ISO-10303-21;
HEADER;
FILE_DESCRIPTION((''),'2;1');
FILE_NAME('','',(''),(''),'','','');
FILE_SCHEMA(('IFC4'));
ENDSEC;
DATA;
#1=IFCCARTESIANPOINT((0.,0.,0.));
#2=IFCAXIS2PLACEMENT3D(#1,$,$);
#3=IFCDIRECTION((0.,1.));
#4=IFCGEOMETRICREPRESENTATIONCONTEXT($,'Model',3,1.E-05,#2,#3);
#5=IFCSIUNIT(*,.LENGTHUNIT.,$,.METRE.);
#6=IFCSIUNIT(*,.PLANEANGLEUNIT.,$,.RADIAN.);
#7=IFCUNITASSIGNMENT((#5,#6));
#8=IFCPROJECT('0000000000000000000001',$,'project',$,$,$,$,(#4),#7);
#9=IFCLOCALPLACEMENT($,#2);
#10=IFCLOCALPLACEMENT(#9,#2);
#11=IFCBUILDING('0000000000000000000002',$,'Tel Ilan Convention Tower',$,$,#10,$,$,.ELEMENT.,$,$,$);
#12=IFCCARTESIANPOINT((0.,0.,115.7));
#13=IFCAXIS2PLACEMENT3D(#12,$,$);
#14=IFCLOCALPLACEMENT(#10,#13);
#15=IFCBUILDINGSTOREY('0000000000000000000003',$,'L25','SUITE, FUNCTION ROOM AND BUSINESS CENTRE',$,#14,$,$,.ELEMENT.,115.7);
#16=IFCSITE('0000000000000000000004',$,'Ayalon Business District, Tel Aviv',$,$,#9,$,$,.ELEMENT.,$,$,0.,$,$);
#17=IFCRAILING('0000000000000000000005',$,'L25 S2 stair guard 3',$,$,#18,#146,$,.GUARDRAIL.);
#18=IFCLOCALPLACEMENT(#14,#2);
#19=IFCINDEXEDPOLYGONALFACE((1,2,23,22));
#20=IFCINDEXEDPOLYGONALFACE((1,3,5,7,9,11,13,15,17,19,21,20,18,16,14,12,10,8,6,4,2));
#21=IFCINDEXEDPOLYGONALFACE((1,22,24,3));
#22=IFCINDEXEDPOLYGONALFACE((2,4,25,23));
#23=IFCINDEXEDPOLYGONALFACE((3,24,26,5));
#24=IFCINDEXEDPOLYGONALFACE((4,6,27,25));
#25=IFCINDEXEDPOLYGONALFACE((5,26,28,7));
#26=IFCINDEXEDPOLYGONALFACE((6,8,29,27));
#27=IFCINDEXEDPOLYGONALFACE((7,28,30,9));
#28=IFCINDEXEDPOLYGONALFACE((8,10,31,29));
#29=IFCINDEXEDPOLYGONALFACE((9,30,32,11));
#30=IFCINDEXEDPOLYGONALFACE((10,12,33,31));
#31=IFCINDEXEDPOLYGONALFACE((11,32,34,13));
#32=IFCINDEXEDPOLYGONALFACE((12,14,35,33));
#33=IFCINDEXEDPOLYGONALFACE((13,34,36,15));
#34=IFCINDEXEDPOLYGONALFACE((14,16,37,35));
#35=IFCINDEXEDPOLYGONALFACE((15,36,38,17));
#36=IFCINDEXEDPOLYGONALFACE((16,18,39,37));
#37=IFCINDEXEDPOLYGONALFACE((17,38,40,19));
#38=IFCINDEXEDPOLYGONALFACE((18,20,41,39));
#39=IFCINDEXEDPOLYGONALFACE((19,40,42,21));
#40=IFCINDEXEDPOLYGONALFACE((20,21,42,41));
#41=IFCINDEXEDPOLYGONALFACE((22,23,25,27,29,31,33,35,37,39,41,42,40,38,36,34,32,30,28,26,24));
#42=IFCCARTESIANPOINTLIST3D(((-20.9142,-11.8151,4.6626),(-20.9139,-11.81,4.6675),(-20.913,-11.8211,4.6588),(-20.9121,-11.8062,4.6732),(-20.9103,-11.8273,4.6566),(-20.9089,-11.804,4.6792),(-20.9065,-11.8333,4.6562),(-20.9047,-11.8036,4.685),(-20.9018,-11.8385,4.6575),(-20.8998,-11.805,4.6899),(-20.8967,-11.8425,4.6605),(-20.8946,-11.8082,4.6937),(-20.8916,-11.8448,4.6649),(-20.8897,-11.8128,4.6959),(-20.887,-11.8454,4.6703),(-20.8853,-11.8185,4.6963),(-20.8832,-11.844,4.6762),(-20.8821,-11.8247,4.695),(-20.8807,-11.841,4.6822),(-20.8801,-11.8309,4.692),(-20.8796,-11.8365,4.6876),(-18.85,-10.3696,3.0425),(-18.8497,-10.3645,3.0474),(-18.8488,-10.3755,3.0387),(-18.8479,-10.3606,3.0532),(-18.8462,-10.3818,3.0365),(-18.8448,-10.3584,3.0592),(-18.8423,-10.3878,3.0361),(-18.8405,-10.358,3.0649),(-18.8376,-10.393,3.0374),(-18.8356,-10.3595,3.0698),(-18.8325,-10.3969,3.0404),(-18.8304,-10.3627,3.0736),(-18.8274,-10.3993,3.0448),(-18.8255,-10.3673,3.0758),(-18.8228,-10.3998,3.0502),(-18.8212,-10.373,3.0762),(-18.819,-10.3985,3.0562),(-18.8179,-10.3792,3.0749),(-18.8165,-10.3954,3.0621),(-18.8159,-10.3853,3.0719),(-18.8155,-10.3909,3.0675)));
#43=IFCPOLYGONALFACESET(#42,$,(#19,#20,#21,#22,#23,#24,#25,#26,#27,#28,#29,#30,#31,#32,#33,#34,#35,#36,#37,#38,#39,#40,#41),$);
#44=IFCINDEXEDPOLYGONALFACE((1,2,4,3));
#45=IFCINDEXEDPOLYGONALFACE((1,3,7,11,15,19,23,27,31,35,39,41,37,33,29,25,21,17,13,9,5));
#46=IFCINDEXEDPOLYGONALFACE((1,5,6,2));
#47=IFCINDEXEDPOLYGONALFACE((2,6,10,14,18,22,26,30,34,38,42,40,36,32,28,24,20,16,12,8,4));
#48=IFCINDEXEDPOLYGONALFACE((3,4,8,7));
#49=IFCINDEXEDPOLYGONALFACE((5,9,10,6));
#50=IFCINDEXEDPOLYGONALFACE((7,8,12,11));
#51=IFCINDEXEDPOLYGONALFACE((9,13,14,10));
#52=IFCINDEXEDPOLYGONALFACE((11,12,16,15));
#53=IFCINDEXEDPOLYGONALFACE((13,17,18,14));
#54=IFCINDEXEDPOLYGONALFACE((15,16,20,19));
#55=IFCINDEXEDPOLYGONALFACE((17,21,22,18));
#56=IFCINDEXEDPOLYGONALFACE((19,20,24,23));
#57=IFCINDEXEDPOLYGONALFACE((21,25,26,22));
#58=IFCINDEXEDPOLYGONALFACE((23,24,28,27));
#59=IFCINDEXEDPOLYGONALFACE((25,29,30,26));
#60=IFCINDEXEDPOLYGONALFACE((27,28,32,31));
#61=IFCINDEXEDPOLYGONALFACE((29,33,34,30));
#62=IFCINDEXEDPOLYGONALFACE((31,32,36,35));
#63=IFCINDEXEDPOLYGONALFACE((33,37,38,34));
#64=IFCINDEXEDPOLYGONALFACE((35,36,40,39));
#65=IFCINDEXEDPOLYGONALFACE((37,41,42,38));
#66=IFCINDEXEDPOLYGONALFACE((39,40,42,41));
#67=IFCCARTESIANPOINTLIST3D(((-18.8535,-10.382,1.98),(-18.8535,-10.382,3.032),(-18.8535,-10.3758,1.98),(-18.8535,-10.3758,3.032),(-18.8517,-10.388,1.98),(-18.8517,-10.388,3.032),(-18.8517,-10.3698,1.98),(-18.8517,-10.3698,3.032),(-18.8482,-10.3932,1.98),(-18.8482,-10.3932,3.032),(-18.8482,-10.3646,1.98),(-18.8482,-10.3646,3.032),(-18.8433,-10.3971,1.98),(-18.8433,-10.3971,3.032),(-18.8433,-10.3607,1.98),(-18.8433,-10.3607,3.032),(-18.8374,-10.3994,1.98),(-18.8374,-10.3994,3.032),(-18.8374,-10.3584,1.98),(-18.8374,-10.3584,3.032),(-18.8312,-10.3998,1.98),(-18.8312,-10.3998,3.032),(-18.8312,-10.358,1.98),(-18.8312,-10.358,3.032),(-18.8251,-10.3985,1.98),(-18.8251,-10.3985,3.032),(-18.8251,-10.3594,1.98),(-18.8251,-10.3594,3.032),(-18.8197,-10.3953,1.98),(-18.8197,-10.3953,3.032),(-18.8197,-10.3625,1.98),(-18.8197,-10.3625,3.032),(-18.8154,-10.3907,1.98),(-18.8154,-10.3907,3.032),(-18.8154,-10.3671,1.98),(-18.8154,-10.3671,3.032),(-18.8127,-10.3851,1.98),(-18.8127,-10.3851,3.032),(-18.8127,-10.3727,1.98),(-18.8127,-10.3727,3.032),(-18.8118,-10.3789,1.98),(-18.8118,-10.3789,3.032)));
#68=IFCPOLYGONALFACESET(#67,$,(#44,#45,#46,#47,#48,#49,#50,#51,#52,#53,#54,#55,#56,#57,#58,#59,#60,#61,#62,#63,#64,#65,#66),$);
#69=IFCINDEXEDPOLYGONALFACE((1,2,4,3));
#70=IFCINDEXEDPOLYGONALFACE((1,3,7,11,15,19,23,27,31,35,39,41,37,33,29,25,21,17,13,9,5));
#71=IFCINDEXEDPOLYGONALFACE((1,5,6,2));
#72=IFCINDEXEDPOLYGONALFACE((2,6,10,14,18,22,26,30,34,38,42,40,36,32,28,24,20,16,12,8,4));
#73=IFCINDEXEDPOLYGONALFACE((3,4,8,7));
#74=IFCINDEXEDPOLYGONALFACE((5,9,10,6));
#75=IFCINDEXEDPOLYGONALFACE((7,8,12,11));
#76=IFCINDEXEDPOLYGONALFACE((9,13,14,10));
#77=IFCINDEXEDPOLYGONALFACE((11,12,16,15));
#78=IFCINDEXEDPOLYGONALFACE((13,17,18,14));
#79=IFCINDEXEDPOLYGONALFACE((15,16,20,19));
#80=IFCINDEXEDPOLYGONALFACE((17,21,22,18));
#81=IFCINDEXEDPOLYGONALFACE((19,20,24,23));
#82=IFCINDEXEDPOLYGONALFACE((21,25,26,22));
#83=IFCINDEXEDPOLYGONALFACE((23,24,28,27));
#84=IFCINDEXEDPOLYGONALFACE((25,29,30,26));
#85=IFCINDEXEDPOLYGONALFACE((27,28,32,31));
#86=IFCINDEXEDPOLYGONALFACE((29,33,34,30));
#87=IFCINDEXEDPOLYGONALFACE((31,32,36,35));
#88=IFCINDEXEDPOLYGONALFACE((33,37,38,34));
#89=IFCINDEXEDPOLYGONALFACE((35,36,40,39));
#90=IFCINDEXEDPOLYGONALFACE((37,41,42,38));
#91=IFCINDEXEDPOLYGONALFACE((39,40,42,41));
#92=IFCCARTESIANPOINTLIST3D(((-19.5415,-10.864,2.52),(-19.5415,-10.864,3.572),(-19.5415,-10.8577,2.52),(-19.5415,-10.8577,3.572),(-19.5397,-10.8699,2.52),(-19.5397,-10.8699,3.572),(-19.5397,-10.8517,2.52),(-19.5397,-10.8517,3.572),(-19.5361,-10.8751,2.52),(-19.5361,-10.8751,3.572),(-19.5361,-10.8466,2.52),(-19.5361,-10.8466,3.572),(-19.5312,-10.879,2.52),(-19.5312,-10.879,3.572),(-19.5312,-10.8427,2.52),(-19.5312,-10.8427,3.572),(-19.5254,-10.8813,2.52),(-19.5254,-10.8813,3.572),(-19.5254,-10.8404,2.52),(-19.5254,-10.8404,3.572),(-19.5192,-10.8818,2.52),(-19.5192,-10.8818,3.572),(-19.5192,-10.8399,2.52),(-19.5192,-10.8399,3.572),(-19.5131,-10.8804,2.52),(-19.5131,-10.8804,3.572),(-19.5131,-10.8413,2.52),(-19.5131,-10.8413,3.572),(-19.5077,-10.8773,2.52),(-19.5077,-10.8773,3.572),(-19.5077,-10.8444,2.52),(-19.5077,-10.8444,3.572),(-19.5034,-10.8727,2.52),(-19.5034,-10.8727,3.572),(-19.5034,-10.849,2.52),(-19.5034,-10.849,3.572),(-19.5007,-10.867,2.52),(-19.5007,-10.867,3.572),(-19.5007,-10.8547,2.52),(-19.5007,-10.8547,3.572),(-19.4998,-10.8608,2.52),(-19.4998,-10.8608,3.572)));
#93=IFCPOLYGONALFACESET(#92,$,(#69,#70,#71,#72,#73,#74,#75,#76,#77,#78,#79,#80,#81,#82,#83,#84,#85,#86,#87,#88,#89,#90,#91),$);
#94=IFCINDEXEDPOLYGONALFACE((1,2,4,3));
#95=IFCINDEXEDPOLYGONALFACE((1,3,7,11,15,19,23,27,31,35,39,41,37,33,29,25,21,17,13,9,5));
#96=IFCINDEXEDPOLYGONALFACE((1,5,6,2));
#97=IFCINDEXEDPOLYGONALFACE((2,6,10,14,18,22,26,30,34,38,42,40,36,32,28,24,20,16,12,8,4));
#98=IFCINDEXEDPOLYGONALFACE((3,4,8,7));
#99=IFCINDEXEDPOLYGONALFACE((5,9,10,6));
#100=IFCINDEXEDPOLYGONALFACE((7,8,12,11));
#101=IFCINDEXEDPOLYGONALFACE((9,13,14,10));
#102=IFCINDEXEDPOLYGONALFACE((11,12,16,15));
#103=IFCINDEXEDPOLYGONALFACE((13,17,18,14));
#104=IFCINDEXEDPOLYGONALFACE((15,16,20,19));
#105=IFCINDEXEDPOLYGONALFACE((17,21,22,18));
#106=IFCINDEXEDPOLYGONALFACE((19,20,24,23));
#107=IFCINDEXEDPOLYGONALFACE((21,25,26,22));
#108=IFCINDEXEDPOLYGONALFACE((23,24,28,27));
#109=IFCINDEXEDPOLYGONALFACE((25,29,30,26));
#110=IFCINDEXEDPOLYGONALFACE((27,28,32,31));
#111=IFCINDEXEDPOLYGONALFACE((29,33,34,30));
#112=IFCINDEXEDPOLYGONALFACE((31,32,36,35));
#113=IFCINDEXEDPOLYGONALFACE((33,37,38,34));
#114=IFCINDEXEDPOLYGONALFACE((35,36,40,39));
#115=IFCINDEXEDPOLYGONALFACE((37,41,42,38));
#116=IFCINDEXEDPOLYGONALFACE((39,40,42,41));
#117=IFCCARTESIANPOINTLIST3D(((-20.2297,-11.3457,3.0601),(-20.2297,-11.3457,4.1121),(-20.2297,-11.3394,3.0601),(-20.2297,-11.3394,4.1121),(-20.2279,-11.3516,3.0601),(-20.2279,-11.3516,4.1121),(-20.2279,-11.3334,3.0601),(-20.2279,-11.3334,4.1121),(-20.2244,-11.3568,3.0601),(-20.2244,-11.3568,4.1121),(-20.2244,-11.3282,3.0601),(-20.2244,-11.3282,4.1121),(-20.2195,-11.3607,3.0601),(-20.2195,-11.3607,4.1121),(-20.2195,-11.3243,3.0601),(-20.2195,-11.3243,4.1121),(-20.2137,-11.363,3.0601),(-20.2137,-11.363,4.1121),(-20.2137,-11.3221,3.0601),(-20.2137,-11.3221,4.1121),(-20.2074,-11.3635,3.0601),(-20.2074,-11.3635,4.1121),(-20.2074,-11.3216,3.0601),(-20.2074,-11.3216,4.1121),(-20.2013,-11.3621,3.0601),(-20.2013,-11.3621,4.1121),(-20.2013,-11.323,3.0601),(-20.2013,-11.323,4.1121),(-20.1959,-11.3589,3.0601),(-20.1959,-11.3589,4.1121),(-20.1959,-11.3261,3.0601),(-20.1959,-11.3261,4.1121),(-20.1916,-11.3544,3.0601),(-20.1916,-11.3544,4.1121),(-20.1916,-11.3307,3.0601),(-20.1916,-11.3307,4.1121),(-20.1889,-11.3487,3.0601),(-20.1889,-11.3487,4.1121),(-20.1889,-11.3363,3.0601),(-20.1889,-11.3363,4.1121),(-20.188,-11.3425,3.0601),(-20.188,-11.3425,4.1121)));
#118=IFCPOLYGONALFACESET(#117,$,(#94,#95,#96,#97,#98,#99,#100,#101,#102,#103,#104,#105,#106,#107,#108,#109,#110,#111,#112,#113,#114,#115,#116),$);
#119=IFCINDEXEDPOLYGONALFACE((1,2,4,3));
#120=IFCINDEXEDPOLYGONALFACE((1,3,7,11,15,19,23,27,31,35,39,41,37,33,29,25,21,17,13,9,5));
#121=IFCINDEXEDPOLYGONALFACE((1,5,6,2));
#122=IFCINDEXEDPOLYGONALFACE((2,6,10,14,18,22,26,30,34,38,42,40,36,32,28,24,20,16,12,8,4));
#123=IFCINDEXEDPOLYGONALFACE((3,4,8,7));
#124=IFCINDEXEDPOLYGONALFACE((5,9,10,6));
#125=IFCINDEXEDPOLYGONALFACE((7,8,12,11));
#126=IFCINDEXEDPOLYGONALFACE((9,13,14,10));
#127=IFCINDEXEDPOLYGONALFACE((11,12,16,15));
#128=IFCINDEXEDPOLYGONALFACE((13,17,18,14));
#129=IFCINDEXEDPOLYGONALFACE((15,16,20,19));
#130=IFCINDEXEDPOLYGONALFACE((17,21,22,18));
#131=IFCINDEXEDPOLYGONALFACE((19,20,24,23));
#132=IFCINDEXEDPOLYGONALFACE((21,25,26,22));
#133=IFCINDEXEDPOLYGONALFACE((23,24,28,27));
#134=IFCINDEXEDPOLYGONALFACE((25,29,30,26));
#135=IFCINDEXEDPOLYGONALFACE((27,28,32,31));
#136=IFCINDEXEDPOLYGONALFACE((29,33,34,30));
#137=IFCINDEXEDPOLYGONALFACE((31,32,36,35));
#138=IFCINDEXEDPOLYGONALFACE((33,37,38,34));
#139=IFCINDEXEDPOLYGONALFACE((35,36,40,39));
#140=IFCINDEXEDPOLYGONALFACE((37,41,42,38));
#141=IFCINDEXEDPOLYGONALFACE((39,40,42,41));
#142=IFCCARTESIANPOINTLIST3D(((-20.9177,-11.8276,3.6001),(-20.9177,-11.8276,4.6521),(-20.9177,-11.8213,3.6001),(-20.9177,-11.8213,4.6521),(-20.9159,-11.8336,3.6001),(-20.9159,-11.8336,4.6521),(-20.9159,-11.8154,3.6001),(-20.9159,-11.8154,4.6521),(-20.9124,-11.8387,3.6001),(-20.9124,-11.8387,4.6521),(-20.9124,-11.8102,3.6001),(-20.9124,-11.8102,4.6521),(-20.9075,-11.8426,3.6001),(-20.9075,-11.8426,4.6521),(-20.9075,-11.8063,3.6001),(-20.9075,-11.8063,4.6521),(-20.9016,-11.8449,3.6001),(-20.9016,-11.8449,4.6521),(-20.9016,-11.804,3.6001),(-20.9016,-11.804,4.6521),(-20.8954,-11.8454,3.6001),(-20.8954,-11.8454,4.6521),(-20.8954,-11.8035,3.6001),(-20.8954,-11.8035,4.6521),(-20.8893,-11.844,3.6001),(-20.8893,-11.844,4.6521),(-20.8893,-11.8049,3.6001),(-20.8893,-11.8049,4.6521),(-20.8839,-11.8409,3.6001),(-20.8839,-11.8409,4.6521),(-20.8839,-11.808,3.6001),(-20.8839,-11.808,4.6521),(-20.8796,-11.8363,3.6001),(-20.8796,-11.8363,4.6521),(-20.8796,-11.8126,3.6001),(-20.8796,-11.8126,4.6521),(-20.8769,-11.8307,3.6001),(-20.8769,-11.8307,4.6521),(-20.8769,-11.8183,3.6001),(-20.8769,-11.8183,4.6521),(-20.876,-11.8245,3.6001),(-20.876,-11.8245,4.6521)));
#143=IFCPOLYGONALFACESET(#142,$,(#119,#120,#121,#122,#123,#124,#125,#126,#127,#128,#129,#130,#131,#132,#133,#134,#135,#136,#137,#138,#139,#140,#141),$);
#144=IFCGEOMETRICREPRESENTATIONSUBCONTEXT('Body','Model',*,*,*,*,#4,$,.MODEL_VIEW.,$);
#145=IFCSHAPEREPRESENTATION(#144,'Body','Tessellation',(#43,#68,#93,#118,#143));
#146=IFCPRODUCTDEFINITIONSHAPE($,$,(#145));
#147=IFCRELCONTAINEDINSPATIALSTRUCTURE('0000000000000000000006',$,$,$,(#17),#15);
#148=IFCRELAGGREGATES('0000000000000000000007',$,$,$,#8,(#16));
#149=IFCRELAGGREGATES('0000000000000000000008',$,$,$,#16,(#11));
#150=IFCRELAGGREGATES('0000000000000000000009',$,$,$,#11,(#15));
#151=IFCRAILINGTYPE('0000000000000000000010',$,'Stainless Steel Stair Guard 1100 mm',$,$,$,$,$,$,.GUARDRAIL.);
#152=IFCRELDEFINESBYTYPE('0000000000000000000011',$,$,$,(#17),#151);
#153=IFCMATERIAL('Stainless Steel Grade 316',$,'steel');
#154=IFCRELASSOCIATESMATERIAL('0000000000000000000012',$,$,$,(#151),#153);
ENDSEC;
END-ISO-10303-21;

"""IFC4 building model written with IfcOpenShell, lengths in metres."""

from ifc_helpers import new_model, si_unit, direction, frame, origin, origin_2d, place, context, subcontext, project, spatial, circle, extrude, material, type_object, element, save


model = new_model("IFC4")

# Units and contexts
model_context = context("Model", 3, precision=1e-05, world=origin(), true_north=direction((0.0, 1.0)))
body_context = subcontext(model_context, "Body", "Model", "MODEL_VIEW")
ifc_project = project(units=[si_unit("LENGTHUNIT", "METRE"), si_unit("PLANEANGLEUNIT", "RADIAN")], contexts=[model_context])

# Site, building, storey
site_placement = place(None, origin())
site = spatial("IfcSite", under=ifc_project, at=site_placement, Name="Ayalon Business District, Tel Aviv", CompositionType="ELEMENT", RefElevation=0.0)
building_placement = place(site_placement, origin())
building = spatial("IfcBuilding", under=site, at=building_placement, Name="Tel Ilan Convention Tower", CompositionType="ELEMENT")
storey_placement = place(building_placement, frame((0.0, 0.0, 115.7)))
storey = spatial("IfcBuildingStorey", under=building, at=storey_placement, Name="L25", Description="SUITE, FUNCTION ROOM AND BUSINESS CENTRE", CompositionType="ELEMENT", Elevation=115.7)

# Railing
ifc_material_1 = material(Name="Stainless Steel Grade 316", Category="steel")
railing_type_1 = type_object("IfcRailingType", Name="Stainless Steel Stair Guard 1100 mm", PredefinedType="GUARDRAIL", material=ifc_material_1)
railing_1_placement = place(storey_placement, frame((-18.8328, -10.3789, 1.98)))
element("IfcRailing", 1, at=railing_1_placement, inside=storey, type_object=railing_type_1, Name="L25 S2 stair guard 3", PredefinedType="GUARDRAIL", context=body_context, shape_type="SweptSolid", body=[
    extrude(circle(Radius=0.0239, at=origin_2d()), frame((0.0, 0.0, 1.0762), z_axis=(-0.689013, -0.482513, 0.540779), x_axis=(0.573625, -0.819118, 0.0)), (0.0, 0.0, 1.0), 2.9958),
    extrude(circle(Radius=0.021, at=origin_2d()), origin(), (0.0, 0.0, 1.0), 1.052),
    extrude(circle(Radius=0.021, at=origin_2d()), frame((-0.688, -0.4819, 0.54)), (0.0, 0.0, 1.0), 1.052),
    extrude(circle(Radius=0.021, at=origin_2d()), frame((-1.3762, -0.9636, 1.0801)), (0.0, 0.0, 1.0), 1.052),
    extrude(circle(Radius=0.021, at=origin_2d()), frame((-2.0642, -1.4456, 1.6201)), (0.0, 0.0, 1.0), 1.052),
])

save(model, "model.ifc")
